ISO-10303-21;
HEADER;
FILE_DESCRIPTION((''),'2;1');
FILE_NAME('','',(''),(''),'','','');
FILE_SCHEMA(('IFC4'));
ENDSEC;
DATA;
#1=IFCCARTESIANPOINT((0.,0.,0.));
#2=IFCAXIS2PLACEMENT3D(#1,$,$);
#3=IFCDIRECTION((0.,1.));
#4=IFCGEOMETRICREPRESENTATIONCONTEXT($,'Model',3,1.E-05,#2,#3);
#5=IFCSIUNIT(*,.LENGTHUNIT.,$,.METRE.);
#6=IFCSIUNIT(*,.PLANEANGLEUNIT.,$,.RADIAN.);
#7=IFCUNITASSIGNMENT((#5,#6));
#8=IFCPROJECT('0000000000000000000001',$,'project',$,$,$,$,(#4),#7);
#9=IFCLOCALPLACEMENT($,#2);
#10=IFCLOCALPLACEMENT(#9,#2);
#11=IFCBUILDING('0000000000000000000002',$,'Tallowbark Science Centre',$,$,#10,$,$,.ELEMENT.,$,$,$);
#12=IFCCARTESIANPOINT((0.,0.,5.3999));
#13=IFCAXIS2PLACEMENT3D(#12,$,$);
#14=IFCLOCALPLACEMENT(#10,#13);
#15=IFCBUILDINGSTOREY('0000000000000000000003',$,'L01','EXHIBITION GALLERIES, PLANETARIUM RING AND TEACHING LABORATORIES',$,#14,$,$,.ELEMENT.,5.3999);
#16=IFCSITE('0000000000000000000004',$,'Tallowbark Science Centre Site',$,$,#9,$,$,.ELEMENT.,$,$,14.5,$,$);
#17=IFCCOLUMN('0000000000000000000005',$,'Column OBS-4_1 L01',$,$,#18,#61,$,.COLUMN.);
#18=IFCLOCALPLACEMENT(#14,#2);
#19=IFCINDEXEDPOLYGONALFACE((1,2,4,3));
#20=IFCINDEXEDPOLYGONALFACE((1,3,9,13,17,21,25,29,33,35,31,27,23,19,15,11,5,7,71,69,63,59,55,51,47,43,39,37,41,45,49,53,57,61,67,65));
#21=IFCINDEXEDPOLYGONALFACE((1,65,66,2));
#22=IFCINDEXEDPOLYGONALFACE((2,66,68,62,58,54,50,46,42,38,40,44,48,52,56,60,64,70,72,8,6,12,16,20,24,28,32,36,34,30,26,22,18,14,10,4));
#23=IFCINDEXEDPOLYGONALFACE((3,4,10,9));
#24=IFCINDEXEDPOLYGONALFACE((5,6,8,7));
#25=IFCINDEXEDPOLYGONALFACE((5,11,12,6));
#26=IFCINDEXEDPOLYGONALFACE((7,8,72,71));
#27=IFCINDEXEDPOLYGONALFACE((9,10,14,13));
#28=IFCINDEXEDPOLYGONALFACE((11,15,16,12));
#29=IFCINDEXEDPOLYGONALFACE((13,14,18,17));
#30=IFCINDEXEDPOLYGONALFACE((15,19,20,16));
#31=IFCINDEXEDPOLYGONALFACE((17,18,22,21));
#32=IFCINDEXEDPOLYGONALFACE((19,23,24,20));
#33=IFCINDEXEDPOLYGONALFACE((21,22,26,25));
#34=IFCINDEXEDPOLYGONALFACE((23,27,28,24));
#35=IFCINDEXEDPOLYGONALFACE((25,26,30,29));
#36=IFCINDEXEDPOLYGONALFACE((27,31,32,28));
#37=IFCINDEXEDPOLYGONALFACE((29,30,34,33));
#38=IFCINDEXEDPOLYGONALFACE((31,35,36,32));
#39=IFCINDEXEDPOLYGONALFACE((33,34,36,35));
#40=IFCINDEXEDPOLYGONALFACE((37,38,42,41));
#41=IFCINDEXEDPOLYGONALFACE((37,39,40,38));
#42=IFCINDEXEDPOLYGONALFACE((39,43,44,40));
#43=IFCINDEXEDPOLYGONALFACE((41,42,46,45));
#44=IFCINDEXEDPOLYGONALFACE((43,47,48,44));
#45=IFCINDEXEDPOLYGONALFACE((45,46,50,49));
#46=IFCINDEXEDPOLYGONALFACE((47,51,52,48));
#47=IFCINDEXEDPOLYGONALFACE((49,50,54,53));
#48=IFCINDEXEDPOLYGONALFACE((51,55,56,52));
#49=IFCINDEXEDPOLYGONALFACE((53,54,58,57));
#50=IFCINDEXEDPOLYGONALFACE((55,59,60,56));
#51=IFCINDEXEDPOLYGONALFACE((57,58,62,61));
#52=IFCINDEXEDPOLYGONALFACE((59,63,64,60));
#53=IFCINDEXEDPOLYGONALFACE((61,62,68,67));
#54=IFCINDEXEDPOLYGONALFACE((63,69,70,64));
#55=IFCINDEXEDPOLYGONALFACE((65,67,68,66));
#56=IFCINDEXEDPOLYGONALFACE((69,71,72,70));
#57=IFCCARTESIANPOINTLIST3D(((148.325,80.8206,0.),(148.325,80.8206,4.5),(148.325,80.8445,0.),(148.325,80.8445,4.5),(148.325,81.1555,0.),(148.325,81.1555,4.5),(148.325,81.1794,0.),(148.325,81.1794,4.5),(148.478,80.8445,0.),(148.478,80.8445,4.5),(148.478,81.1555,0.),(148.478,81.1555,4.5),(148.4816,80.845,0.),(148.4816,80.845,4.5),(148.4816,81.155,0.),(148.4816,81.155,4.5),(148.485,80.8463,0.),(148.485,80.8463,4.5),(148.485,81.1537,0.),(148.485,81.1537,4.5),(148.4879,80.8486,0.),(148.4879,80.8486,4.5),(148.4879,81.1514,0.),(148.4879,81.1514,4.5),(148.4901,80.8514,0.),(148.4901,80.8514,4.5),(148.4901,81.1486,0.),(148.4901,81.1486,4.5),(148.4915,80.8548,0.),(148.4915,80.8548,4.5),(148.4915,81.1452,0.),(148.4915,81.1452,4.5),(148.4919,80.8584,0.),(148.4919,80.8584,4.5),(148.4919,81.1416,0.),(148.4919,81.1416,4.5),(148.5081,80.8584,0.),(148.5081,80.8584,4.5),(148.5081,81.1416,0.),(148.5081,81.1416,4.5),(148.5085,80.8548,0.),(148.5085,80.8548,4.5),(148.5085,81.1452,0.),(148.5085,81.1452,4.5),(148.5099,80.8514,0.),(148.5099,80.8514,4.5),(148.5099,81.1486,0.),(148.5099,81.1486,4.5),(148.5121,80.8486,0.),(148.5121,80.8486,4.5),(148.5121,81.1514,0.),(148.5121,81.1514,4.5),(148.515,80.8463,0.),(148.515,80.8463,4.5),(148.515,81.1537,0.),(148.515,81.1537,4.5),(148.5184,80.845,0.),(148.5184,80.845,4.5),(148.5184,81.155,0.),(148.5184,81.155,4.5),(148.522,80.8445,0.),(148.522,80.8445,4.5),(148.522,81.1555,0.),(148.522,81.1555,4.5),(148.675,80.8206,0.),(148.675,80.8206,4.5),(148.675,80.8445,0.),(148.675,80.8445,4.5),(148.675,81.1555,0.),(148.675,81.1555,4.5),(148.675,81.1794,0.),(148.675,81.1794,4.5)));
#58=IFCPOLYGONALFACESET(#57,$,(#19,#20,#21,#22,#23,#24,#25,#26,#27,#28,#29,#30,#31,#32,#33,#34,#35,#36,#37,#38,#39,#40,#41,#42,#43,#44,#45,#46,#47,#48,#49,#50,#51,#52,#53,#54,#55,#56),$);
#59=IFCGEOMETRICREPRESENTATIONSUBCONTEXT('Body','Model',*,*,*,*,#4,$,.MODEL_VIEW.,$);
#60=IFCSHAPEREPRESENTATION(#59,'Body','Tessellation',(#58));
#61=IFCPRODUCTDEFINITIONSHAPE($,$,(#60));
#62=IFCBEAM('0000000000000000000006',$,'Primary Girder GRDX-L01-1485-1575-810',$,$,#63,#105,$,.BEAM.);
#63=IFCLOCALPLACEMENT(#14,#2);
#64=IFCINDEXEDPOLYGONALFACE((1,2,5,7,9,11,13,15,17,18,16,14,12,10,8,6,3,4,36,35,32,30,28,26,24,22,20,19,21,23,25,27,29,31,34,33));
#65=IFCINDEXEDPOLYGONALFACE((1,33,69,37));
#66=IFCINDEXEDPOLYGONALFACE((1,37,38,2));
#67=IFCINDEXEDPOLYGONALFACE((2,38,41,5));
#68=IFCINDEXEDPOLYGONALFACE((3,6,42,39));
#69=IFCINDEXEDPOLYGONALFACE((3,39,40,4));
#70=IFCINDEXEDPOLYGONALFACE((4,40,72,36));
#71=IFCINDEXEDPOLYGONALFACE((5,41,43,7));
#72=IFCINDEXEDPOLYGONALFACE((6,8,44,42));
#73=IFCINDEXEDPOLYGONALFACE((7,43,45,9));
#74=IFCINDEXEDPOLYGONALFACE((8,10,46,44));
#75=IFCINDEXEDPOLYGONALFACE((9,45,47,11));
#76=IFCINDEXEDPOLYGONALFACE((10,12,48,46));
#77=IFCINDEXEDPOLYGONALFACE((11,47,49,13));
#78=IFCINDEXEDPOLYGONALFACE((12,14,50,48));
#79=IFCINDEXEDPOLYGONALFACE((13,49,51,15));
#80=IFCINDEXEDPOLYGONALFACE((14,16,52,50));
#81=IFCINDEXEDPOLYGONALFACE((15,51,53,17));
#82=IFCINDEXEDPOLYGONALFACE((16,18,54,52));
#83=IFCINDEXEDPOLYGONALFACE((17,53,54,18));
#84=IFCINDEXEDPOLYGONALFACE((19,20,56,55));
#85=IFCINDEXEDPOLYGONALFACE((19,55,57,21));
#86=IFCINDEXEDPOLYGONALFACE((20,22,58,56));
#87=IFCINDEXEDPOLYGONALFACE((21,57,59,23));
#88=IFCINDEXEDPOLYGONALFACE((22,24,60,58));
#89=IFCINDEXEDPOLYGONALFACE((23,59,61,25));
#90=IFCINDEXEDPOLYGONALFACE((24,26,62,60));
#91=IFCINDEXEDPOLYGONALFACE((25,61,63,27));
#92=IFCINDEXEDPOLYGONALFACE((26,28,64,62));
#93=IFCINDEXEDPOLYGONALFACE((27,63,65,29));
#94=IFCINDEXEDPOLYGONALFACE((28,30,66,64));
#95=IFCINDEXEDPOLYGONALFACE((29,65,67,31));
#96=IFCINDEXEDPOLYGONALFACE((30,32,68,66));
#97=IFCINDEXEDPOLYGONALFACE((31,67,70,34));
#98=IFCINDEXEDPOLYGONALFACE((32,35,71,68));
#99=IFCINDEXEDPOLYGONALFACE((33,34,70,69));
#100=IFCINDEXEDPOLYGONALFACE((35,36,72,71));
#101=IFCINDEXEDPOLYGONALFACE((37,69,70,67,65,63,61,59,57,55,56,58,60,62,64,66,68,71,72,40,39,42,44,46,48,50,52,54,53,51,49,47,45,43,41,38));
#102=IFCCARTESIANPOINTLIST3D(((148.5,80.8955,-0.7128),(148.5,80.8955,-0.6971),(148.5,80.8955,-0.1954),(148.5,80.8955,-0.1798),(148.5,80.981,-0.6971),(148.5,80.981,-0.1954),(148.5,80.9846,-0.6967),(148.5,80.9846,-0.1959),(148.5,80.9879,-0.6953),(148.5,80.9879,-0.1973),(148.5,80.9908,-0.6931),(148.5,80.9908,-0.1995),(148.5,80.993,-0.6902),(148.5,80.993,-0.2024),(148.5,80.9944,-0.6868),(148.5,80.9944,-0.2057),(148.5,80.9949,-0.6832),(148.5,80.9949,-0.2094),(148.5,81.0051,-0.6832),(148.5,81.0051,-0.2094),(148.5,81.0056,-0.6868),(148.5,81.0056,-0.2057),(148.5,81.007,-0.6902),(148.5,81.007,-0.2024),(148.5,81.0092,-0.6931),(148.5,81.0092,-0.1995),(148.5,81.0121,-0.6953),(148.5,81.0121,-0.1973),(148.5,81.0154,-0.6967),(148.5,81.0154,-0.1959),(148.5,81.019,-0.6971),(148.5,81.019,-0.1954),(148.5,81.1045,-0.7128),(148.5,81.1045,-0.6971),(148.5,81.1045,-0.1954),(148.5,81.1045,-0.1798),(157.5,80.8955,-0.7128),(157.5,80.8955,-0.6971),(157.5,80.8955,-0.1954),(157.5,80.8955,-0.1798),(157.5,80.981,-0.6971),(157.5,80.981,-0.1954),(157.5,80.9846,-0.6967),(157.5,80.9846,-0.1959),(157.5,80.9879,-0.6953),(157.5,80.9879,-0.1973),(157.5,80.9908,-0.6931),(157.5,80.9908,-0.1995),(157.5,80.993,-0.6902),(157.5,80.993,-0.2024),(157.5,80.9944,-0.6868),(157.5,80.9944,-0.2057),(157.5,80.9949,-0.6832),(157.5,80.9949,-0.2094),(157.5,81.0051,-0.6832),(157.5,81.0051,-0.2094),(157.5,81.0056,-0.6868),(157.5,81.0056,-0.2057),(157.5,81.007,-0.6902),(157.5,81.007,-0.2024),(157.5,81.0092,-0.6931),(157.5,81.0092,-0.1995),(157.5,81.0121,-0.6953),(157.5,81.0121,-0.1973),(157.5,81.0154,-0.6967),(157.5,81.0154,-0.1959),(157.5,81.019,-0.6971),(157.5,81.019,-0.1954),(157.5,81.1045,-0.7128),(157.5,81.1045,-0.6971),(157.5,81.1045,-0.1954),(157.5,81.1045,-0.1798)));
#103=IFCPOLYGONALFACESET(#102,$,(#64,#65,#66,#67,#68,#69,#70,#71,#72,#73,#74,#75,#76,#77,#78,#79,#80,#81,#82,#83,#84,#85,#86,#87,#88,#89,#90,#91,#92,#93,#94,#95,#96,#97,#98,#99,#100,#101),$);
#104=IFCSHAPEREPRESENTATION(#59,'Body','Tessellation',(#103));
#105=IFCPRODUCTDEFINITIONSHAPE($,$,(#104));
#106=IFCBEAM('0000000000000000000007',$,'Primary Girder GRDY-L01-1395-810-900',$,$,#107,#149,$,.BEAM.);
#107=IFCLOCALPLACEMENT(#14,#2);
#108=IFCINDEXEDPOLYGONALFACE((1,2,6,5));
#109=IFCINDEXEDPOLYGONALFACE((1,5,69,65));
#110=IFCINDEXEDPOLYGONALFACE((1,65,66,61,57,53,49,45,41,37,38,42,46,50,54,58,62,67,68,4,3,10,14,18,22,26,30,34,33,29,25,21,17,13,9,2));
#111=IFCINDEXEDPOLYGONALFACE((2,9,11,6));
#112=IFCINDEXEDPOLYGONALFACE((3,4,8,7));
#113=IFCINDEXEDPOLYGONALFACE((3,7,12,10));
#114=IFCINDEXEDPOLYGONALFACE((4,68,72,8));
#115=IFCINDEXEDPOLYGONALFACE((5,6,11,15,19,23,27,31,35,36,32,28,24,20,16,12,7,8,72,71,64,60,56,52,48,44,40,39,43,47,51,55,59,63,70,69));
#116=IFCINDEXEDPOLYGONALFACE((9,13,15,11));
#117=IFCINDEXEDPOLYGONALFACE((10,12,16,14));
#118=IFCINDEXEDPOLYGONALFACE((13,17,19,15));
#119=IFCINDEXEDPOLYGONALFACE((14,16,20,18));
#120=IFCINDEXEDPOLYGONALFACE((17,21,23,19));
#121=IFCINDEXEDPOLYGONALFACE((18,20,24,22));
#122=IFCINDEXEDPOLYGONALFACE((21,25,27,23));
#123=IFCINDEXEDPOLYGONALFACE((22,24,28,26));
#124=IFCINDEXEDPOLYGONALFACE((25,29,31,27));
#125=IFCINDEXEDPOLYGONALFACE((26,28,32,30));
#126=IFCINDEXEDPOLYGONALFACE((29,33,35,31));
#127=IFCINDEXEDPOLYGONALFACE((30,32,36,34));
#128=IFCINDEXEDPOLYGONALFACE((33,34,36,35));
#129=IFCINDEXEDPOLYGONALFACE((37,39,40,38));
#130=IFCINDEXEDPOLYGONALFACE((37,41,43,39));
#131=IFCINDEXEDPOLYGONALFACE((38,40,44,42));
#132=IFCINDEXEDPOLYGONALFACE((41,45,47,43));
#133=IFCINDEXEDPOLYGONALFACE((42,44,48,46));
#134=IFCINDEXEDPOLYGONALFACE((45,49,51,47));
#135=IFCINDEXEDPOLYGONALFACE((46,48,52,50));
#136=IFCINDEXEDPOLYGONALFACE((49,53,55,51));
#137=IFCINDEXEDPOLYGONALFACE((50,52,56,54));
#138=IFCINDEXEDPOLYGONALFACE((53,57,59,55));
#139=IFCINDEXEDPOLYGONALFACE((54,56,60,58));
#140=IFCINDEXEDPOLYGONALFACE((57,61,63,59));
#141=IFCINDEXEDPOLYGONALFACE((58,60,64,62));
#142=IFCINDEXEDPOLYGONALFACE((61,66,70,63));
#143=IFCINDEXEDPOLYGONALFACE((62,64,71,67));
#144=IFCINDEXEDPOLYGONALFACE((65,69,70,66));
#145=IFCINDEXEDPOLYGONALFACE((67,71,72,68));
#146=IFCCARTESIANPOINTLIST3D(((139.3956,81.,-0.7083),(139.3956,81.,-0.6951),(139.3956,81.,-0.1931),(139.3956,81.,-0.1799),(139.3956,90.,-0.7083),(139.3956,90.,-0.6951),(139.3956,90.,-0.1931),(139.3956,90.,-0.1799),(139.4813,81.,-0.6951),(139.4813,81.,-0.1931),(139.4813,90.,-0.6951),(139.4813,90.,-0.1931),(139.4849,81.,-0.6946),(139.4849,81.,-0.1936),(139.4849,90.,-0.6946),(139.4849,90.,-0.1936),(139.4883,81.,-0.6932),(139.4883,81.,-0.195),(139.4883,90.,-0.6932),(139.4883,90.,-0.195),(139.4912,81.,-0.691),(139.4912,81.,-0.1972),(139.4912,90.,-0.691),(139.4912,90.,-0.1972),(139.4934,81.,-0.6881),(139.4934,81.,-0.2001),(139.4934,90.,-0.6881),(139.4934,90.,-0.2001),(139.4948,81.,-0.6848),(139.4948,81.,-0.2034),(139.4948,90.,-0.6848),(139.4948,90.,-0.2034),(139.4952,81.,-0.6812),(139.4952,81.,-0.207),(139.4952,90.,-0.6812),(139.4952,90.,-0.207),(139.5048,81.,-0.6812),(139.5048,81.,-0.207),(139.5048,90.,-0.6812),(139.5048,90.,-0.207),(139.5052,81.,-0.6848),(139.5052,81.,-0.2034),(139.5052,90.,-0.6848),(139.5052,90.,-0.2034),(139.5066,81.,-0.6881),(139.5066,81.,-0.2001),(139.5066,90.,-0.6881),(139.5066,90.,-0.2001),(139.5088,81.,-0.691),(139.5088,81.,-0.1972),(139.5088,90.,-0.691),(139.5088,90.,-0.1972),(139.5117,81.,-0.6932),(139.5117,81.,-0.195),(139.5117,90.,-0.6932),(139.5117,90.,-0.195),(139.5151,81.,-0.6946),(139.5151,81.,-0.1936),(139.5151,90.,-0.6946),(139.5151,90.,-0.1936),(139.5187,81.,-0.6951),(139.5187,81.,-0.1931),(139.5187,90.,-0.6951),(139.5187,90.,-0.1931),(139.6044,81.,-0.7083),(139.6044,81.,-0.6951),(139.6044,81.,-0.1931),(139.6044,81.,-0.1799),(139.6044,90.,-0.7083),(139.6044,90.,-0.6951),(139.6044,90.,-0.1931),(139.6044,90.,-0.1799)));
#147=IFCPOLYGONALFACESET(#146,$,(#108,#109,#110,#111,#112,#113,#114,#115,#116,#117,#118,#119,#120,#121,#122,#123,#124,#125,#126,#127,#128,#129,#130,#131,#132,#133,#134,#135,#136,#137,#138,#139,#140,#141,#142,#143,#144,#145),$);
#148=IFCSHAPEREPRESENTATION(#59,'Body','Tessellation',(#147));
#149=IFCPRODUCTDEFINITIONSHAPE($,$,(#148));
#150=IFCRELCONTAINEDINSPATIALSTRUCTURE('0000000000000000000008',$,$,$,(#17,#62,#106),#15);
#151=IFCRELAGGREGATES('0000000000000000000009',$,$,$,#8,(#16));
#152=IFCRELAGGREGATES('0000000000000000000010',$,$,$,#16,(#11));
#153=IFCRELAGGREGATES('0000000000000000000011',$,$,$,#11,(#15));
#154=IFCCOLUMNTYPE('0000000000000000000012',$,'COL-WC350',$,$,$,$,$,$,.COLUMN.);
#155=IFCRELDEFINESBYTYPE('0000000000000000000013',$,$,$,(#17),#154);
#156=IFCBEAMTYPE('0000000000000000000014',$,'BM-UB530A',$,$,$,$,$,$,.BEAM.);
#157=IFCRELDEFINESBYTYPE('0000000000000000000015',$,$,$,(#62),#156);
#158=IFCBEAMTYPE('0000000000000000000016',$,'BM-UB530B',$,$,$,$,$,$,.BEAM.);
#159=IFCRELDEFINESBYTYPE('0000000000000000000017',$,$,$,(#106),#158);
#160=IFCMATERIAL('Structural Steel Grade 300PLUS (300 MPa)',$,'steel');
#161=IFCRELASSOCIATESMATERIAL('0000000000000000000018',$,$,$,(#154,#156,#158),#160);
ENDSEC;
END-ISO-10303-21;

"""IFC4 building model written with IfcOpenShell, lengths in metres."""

from ifc_helpers import new_model, si_unit, direction, frame, origin, origin_2d, place, context, subcontext, project, spatial, i_section, extrude, material, material_profile, profile_set, type_object, element, save


model = new_model("IFC4")

# Units and contexts
model_context = context("Model", 3, precision=1e-05, world=origin(), true_north=direction((0.0, 1.0)))
body_context = subcontext(model_context, "Body", "Model", "MODEL_VIEW")
ifc_project = project(units=[si_unit("LENGTHUNIT", "METRE"), si_unit("PLANEANGLEUNIT", "RADIAN")], contexts=[model_context])

# Site, building, storey
site_placement = place(None, origin())
site = spatial("IfcSite", under=ifc_project, at=site_placement, Name="Tallowbark Science Centre Site", CompositionType="ELEMENT", RefElevation=14.5)
building_placement = place(site_placement, origin())
building = spatial("IfcBuilding", under=site, at=building_placement, Name="Tallowbark Science Centre", CompositionType="ELEMENT")
storey_placement = place(building_placement, frame((0.0, 0.0, 5.3999)))
storey = spatial("IfcBuildingStorey", under=building, at=storey_placement, Name="L01", Description="EXHIBITION GALLERIES, PLANETARIUM RING AND TEACHING LABORATORIES", CompositionType="ELEMENT", Elevation=5.3999)

# Column
ifc_material_1 = material(Name="Structural Steel Grade 300PLUS (300 MPa)", Category="steel")
ifc_material_profile_1 = material_profile(ifc_material_1, i_section(OverallWidth=0.3501, OverallDepth=0.3589, WebThickness=0.0161, FlangeThickness=0.0239, FilletRadius=0.0139, at=origin_2d()), Name="350WC197")
ifc_profile_set_1 = profile_set([ifc_material_profile_1], Name="Structural Steel Grade 300PLUS (300 MPa)")
column_type = type_object("IfcColumnType", Name="COL-WC350", PredefinedType="COLUMN", material=ifc_profile_set_1)
column_placement = place(storey_placement, frame((148.5, 81.0, 0.0), z_axis=(0.0, 0.0, 1.0), x_axis=(1.0, 0.0, 0.0)))
element("IfcColumn", 1, at=column_placement, inside=storey, type_object=column_type, Name="Column OBS-4_1 L01", PredefinedType="COLUMN", context=body_context, shape_type="SweptSolid", body=[
    extrude(i_section(OverallWidth=0.3501, OverallDepth=0.3589, WebThickness=0.0161, FlangeThickness=0.0239, FilletRadius=0.0139, at=origin_2d()), origin(), (0.0, 0.0, 1.0), 4.5),
])

# Beams
ifc_material_profile_2 = material_profile(ifc_material_1, i_section(OverallWidth=0.209, OverallDepth=0.533, WebThickness=0.0103, FlangeThickness=0.0156, FilletRadius=0.0139, at=origin_2d()), Name="530UB92.4")
ifc_profile_set_2 = profile_set([ifc_material_profile_2], Name="Structural Steel Grade 300PLUS (300 MPa)")
beam_type_1 = type_object("IfcBeamType", Name="BM-UB530A", PredefinedType="BEAM", material=ifc_profile_set_2)
beam_1_placement = place(storey_placement, frame((148.5, 81.0, -0.4463), z_axis=(1.0, 0.0, 0.0), x_axis=(0.0, 1.0, 0.0)))
element("IfcBeam", 2, at=beam_1_placement, inside=storey, type_object=beam_type_1, Name="Primary Girder GRDX-L01-1485-1575-810", PredefinedType="BEAM", context=body_context, shape_type="SweptSolid", body=[
    extrude(i_section(OverallWidth=0.209, OverallDepth=0.533, WebThickness=0.0103, FlangeThickness=0.0156, FilletRadius=0.0139, at=origin_2d()), origin(), (0.0, 0.0, 1.0), 9.0),
])
ifc_material_profile_3 = material_profile(ifc_material_1, i_section(OverallWidth=0.2087, OverallDepth=0.5283, WebThickness=0.0095, FlangeThickness=0.0132, FilletRadius=0.0139, at=origin_2d()), Name="530UB82.0")
ifc_profile_set_3 = profile_set([ifc_material_profile_3], Name="Structural Steel Grade 300PLUS (300 MPa)")
beam_type_2 = type_object("IfcBeamType", Name="BM-UB530B", PredefinedType="BEAM", material=ifc_profile_set_3)
beam_2_placement = place(storey_placement, frame((139.5, 81.0, -0.4441), z_axis=(0.0, 1.0, 0.0), x_axis=(-1.0, 0.0, 0.0)))
element("IfcBeam", 3, at=beam_2_placement, inside=storey, type_object=beam_type_2, Name="Primary Girder GRDY-L01-1395-810-900", PredefinedType="BEAM", context=body_context, shape_type="SweptSolid", body=[
    extrude(i_section(OverallWidth=0.2087, OverallDepth=0.5283, WebThickness=0.0095, FlangeThickness=0.0132, FilletRadius=0.0139, at=origin_2d()), origin(), (0.0, 0.0, 1.0), 9.0),
])

save(model, "model.ifc")
